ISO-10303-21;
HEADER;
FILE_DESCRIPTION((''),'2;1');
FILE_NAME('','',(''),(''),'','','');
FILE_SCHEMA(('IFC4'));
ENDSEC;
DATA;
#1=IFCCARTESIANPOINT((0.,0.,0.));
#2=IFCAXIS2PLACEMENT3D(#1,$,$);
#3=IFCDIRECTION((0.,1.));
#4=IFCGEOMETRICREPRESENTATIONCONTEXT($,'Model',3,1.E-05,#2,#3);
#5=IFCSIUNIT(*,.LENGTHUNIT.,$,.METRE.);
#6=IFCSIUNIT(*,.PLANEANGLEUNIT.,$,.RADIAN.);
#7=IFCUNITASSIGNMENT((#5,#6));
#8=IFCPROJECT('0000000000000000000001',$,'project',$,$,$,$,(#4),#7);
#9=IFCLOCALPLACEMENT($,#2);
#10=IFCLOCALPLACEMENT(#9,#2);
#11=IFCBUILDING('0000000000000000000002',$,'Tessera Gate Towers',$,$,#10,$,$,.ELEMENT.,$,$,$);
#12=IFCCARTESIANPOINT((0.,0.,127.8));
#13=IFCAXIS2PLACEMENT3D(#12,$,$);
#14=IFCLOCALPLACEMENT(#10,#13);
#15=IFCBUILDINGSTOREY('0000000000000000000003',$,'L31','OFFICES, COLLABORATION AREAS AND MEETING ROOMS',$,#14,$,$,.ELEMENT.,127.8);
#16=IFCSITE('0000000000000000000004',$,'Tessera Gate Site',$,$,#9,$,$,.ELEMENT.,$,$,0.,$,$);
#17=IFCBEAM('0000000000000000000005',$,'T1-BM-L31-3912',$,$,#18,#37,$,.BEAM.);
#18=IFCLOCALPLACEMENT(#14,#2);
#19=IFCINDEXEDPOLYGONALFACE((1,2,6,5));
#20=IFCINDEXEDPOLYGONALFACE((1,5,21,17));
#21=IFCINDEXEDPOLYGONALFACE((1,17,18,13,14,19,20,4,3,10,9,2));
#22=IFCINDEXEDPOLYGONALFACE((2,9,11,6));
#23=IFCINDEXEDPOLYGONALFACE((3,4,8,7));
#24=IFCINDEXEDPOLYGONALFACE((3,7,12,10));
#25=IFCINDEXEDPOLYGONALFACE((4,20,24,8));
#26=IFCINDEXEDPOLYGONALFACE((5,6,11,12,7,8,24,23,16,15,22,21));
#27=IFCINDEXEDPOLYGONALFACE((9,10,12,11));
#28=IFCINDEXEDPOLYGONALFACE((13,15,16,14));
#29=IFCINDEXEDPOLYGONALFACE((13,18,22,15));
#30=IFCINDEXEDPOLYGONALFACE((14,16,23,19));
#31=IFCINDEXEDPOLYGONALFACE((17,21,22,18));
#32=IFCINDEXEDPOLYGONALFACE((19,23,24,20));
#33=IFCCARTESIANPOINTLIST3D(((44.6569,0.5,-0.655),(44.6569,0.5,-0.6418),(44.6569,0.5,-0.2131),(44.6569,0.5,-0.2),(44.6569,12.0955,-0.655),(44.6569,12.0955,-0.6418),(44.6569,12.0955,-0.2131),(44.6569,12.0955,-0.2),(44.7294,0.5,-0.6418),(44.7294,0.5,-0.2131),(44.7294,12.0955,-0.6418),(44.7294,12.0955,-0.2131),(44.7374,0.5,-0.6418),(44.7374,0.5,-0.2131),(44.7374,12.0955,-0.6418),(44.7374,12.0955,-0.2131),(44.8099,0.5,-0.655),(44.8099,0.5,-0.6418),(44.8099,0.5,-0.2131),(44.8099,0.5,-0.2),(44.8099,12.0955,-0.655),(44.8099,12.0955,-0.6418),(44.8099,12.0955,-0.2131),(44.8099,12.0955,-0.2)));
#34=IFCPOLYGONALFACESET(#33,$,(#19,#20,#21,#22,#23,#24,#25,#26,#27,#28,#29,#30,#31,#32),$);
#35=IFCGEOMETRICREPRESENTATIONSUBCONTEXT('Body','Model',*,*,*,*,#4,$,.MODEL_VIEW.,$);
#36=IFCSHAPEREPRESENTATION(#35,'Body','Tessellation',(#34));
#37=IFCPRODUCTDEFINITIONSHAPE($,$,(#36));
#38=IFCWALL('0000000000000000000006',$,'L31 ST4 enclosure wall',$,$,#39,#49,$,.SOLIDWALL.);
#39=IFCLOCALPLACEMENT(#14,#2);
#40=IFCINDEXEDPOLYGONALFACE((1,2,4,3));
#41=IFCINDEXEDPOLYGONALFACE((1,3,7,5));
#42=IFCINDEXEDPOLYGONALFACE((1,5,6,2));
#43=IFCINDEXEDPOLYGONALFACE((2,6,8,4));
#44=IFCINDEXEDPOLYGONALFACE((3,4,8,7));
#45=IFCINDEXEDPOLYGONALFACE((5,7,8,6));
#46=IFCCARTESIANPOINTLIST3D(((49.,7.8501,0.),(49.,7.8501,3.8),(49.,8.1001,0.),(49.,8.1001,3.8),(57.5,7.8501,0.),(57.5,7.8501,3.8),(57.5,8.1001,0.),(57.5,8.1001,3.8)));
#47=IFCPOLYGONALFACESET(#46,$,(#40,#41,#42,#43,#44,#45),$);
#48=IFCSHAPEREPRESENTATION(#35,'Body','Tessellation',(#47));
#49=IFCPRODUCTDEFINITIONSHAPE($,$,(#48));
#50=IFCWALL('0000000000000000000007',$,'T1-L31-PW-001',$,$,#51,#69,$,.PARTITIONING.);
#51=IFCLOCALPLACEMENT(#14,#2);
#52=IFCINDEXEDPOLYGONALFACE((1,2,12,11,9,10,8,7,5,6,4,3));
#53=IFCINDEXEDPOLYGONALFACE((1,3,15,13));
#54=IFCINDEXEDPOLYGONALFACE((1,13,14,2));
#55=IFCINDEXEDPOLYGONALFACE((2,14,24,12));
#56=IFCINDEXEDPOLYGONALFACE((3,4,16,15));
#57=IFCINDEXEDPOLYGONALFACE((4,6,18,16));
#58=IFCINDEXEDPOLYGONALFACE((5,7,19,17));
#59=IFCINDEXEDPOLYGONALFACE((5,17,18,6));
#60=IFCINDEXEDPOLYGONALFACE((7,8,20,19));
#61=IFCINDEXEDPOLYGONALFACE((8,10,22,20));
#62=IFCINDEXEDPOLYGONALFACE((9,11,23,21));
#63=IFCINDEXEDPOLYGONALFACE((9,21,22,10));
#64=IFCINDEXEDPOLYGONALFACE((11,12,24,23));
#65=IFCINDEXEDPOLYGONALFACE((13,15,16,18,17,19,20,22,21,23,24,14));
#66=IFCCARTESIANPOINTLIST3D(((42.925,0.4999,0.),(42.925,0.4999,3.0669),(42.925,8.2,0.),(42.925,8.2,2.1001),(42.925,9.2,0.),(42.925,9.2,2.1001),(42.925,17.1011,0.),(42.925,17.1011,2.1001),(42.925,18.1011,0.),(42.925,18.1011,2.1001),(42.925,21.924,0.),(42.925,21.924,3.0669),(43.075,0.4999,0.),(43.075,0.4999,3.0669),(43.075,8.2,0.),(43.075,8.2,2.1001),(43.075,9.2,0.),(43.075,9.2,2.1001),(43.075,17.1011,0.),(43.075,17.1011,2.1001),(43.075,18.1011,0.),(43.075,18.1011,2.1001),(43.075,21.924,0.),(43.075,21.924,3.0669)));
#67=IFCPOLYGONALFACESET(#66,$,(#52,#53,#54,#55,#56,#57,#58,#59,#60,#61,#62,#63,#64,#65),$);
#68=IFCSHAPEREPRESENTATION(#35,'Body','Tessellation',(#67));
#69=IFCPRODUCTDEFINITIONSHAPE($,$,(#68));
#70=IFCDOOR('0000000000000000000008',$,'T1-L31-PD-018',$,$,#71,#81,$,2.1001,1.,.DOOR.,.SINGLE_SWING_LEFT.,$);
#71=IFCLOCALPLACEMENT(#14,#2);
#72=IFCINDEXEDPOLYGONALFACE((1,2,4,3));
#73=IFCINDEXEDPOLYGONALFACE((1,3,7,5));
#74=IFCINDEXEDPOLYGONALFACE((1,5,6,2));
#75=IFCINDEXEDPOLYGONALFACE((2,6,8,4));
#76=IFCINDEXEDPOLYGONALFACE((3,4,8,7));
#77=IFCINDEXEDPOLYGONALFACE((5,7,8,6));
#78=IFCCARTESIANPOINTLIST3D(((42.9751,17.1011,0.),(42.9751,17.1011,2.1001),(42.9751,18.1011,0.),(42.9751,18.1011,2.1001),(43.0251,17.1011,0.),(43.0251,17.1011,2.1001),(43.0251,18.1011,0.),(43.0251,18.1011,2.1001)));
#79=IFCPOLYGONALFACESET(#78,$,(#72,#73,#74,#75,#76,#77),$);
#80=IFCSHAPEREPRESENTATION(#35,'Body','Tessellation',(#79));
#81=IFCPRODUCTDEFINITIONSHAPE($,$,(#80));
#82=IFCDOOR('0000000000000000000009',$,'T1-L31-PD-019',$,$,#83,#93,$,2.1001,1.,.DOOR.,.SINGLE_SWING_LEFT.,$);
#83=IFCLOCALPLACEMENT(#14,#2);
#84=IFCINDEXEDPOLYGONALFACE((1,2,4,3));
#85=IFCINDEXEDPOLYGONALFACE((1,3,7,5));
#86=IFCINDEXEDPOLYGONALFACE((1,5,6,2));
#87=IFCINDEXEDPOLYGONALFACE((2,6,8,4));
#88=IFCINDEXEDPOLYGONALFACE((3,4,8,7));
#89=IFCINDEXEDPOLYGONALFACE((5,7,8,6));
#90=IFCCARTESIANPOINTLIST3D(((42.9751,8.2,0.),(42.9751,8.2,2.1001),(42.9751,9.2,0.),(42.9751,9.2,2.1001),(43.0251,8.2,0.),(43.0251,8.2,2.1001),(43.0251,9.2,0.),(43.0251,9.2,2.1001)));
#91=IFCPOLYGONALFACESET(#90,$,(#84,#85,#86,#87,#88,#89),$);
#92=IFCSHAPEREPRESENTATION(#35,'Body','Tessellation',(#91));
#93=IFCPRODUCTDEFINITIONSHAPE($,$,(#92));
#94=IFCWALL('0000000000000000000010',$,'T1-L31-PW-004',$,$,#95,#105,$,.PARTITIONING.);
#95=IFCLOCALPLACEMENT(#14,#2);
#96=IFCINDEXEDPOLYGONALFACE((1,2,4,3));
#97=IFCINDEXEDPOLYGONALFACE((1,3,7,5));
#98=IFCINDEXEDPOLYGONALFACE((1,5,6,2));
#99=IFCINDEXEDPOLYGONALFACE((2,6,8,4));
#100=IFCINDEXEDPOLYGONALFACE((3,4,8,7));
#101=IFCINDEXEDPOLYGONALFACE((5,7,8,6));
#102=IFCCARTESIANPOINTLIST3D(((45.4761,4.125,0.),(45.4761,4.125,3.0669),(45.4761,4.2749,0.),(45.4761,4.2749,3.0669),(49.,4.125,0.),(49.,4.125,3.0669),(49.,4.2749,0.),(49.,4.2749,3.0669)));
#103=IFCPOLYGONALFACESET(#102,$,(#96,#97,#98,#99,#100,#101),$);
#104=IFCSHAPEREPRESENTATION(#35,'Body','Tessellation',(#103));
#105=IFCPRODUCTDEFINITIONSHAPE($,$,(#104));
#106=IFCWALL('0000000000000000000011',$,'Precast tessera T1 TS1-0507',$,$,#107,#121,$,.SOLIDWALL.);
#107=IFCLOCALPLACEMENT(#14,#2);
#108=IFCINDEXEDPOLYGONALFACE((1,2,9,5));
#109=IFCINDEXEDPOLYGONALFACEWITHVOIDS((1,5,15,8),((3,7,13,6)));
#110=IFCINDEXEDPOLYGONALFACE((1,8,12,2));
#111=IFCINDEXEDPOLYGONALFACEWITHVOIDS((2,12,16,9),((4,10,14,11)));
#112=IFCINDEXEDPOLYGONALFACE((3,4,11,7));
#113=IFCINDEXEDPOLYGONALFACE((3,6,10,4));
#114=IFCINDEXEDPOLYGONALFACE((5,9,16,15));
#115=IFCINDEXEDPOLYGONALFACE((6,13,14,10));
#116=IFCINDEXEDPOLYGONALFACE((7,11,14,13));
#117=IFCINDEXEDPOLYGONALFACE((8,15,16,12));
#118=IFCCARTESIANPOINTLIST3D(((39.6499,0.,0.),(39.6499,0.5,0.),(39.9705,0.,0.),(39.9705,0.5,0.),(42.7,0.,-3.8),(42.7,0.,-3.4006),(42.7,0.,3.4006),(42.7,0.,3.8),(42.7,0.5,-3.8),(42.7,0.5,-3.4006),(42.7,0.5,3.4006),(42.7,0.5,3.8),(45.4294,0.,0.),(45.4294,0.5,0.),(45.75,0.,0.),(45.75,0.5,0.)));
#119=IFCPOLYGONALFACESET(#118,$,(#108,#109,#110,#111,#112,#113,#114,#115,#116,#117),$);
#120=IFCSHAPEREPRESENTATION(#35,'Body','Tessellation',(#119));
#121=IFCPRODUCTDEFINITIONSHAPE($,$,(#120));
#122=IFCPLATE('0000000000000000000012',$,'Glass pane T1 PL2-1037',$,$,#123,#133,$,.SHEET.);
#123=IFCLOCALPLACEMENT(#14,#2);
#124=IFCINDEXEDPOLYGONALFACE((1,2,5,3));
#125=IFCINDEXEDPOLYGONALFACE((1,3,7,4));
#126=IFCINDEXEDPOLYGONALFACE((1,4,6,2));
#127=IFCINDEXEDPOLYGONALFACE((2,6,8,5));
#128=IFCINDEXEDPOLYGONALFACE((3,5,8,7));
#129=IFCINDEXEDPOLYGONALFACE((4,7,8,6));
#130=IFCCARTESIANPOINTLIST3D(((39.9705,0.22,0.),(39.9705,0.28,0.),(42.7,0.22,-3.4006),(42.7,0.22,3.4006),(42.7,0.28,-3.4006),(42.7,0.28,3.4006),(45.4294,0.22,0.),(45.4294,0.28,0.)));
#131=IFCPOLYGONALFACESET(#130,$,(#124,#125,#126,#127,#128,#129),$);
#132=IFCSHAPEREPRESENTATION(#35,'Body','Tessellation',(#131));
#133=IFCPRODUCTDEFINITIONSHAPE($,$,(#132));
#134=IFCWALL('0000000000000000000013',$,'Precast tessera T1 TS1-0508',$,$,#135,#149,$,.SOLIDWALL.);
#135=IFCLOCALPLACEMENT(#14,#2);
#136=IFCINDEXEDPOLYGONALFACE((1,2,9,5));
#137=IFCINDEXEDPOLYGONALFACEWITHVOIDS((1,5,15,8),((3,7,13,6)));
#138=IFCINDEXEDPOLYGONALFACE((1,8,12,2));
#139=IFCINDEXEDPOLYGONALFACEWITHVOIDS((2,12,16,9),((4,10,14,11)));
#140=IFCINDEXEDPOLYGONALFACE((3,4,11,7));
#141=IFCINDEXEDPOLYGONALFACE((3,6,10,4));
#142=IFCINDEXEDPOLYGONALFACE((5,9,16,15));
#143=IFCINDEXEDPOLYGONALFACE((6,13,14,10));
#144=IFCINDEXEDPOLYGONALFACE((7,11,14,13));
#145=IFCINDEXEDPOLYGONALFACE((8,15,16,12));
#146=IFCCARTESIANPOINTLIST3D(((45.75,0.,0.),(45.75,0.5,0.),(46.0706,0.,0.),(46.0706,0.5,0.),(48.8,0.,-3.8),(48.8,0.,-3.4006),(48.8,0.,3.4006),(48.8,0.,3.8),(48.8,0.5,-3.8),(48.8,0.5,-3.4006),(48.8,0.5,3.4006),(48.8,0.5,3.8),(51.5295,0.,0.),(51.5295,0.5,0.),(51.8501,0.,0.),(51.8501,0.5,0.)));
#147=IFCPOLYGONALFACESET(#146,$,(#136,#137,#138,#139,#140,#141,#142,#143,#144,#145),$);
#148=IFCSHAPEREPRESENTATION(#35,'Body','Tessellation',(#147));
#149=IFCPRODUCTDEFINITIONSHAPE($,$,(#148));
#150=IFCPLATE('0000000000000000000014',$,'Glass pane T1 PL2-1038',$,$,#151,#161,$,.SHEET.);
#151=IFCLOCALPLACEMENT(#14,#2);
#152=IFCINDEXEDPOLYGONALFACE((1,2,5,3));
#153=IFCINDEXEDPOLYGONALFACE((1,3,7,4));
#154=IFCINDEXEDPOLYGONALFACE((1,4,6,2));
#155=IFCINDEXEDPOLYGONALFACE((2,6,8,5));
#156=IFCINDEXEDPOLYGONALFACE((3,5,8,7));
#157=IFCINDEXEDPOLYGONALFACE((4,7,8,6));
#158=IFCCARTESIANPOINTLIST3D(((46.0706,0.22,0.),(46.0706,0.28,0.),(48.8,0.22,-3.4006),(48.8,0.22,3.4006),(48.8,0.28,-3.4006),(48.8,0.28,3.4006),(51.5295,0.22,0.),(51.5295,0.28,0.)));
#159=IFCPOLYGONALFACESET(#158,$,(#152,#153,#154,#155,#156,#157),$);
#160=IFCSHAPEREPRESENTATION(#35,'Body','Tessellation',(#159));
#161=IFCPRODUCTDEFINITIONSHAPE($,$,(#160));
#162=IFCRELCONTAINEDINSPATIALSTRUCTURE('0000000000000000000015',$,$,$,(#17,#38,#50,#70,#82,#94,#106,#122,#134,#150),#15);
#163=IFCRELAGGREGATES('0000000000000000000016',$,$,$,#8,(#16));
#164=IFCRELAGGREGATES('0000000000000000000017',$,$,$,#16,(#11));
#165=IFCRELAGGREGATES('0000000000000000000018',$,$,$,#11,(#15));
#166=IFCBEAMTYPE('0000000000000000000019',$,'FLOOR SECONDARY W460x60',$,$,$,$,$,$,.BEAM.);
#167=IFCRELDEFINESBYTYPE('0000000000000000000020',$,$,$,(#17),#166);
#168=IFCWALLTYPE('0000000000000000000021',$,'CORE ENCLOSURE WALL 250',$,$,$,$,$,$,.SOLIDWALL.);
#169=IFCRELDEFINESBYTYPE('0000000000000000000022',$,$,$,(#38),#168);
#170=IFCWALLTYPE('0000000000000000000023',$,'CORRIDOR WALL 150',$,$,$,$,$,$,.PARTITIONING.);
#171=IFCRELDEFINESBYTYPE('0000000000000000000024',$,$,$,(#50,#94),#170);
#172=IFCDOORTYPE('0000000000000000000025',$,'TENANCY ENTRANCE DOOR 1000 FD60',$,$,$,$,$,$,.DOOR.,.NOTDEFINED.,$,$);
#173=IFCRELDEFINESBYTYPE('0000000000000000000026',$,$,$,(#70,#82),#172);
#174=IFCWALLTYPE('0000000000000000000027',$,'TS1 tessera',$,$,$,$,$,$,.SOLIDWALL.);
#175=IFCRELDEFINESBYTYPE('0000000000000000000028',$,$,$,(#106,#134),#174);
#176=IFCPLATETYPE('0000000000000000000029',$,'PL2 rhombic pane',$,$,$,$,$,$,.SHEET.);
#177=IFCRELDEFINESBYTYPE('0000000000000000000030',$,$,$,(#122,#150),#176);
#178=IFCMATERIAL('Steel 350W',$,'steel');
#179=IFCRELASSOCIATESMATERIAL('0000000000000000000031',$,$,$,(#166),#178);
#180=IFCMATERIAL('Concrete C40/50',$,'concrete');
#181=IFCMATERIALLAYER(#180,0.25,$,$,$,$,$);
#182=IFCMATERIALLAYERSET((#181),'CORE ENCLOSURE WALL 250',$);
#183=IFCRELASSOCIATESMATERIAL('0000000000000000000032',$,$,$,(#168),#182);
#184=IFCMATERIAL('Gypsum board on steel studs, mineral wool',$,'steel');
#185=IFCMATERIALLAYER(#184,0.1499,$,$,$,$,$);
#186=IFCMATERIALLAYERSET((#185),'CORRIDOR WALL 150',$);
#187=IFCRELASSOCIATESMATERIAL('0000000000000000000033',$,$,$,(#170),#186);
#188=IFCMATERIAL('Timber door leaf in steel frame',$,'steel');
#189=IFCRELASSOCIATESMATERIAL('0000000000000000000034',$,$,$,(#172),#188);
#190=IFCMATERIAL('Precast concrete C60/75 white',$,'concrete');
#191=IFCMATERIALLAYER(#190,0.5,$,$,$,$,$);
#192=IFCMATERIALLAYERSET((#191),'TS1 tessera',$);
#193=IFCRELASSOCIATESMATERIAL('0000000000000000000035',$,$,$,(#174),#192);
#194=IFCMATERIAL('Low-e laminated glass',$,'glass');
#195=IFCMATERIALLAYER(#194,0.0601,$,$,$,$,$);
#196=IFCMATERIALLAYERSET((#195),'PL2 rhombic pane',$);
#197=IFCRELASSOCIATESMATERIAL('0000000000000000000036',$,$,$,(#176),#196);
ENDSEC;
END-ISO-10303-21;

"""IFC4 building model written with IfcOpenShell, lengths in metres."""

from ifc_helpers import new_model, si_unit, direction, frame, frame_2d, origin, origin_2d, place, context, subcontext, project, spatial, polyline, rectangle, i_section, outline, extrude, source, transform, mapped, material, layer, layer_set, material_profile, profile_set, type_object, element, fill, save


model = new_model("IFC4")

# Units and contexts
model_context = context("Model", 3, precision=1e-05, world=origin(), true_north=direction((0.0, 1.0)))
body_context = subcontext(model_context, "Body", "Model", "MODEL_VIEW")
ifc_project = project(units=[si_unit("LENGTHUNIT", "METRE"), si_unit("PLANEANGLEUNIT", "RADIAN")], contexts=[model_context])

# Site, building, storey
site_placement = place(None, origin())
site = spatial("IfcSite", under=ifc_project, at=site_placement, Name="Tessera Gate Site", CompositionType="ELEMENT", RefElevation=0.0)
building_placement = place(site_placement, origin())
building = spatial("IfcBuilding", under=site, at=building_placement, Name="Tessera Gate Towers", CompositionType="ELEMENT")
storey_placement = place(building_placement, frame((0.0, 0.0, 127.8)))
storey = spatial("IfcBuildingStorey", under=building, at=storey_placement, Name="L31", Description="OFFICES, COLLABORATION AREAS AND MEETING ROOMS", CompositionType="ELEMENT", Elevation=127.8)

# Beam
ifc_material_1 = material(Name="Steel 350W", Category="steel")
ifc_material_profile_1 = material_profile(ifc_material_1, i_section(OverallWidth=0.1531, OverallDepth=0.4551, WebThickness=0.0081, FlangeThickness=0.0132, at=origin_2d()), Name="W460x60")
ifc_profile_set_1 = profile_set([ifc_material_profile_1], Name="Steel 350W")
beam_type_1 = type_object("IfcBeamType", Name="FLOOR SECONDARY W460x60", PredefinedType="BEAM", material=ifc_profile_set_1)
beam_1_placement = place(storey_placement, frame((44.7334, 0.5, -0.4275), z_axis=(0.0, 1.0, 0.0), x_axis=(-1.0, 0.0, 0.0)))
element("IfcBeam", 1, at=beam_1_placement, inside=storey, type_object=beam_type_1, Name="T1-BM-L31-3912", PredefinedType="BEAM", context=body_context, shape_type="SweptSolid", body=[
    extrude(i_section(OverallWidth=0.1531, OverallDepth=0.4551, WebThickness=0.0081, FlangeThickness=0.0132, at=origin_2d()), origin(), (0.0, 0.0, 1.0), 11.5955),
])

# Wall
ifc_material_2 = material(Name="Concrete C40/50", Category="concrete")
ifc_layer_1 = layer(ifc_material_2, 0.25)
ifc_layer_set_1 = layer_set([ifc_layer_1], Name="CORE ENCLOSURE WALL 250")
wall_type_1 = type_object("IfcWallType", Name="CORE ENCLOSURE WALL 250", PredefinedType="SOLIDWALL", material=ifc_layer_set_1)
wall_1_placement = place(storey_placement, frame((49.0, 7.9751, 0.0), z_axis=(0.0, 0.0, 1.0), x_axis=(1.0, 0.0, 0.0)))
element("IfcWall", 2, at=wall_1_placement, inside=storey, type_object=wall_type_1, Name="L31 ST4 enclosure wall", PredefinedType="SOLIDWALL", context=body_context, shape_type="SweptSolid", body=[
    extrude(rectangle(XDim=8.5, YDim=0.25, at=frame_2d((4.25, 0.0))), origin(), (0.0, 0.0, 1.0), 3.8),
])

# Wall, openings, doors
ifc_material_3 = material(Name="Gypsum board on steel studs, mineral wool", Category="steel")
ifc_layer_2 = layer(ifc_material_3, 0.1499)
ifc_layer_set_2 = layer_set([ifc_layer_2], Name="CORRIDOR WALL 150")
wall_type_2 = type_object("IfcWallType", Name="CORRIDOR WALL 150", PredefinedType="PARTITIONING", material=ifc_layer_set_2)
wall_2_placement = place(storey_placement, frame((43.0, 0.5, 0.0), z_axis=(0.0, 0.0, 1.0), x_axis=(0.0, 1.0, 0.0)))
wall_2 = element("IfcWall", 3, at=wall_2_placement, inside=storey, type_object=wall_type_2, Name="T1-L31-PW-001", PredefinedType="PARTITIONING", context=body_context, shape_type="SweptSolid", body=[
    extrude(rectangle(XDim=21.4241, YDim=0.1499, at=frame_2d((10.7119, 0.0))), origin(), (0.0, 0.0, 1.0), 3.0669),
])
shared_shape_1 = source(origin(), body_context, "Body", "SweptSolid", [
    extrude(rectangle(XDim=1.0, YDim=2.1001, at=frame_2d((0.5, 1.05))), frame((0.0, 0.085, 0.0), z_axis=(0.0, -1.0, 0.0), x_axis=(1.0, 0.0, 0.0)), (0.0, 0.0, 1.0), 0.1699),
])
opening_1_placement = place(wall_2_placement, frame((16.6011, 0.0, 0.0)))
opening_1 = element("IfcOpeningElement", 4, at=opening_1_placement, cuts=wall_2, PredefinedType="OPENING", context=body_context, shape_type="MappedRepresentation", body=[
    mapped(shared_shape_1, transform((0.0, 0.0, 0.0), scale=1.0)),
])
opening_2_placement = place(wall_2_placement, frame((7.7, 0.0, 0.0)))
opening_2 = element("IfcOpeningElement", 5, at=opening_2_placement, cuts=wall_2, PredefinedType="OPENING", context=body_context, shape_type="MappedRepresentation", body=[
    mapped(shared_shape_1, transform((0.0, 0.0, 0.0), scale=1.0)),
])
ifc_material_4 = material(Name="Timber door leaf in steel frame", Category="steel")
door_type = type_object("IfcDoorType", Name="TENANCY ENTRANCE DOOR 1000 FD60", OperationType="NOTDEFINED", PredefinedType="DOOR", material=ifc_material_4)
shared_shape_2 = source(origin(), body_context, "Body", "SweptSolid", [
    extrude(rectangle(XDim=1.0, YDim=2.1001, at=frame_2d((0.5, 1.05))), frame((0.0, 0.0249, 0.0), z_axis=(0.0, -1.0, 0.0), x_axis=(1.0, 0.0, 0.0)), (0.0, 0.0, 1.0), 0.05),
])
door_1_placement = place(opening_1_placement, origin())
door_1 = element("IfcDoor", 6, at=door_1_placement, inside=storey, type_object=door_type, Name="T1-L31-PD-018", OperationType="SINGLE_SWING_LEFT", OverallHeight=2.1001, OverallWidth=1.0, PredefinedType="DOOR", context=body_context, shape_type="MappedRepresentation", body=[
    mapped(shared_shape_2, transform((0.0, 0.0, 0.0), scale=1.0)),
])
fill(opening_1, door_1)
door_2_placement = place(opening_2_placement, origin())
door_2 = element("IfcDoor", 7, at=door_2_placement, inside=storey, type_object=door_type, Name="T1-L31-PD-019", OperationType="SINGLE_SWING_LEFT", OverallHeight=2.1001, OverallWidth=1.0, PredefinedType="DOOR", context=body_context, shape_type="MappedRepresentation", body=[
    mapped(shared_shape_2, transform((0.0, 0.0, 0.0), scale=1.0)),
])
fill(opening_2, door_2)

# Wall
wall_3_placement = place(storey_placement, frame((45.4761, 4.2, 0.0), z_axis=(0.0, 0.0, 1.0), x_axis=(1.0, 0.0, 0.0)))
element("IfcWall", 8, at=wall_3_placement, inside=storey, type_object=wall_type_2, Name="T1-L31-PW-004", PredefinedType="PARTITIONING", context=body_context, shape_type="SweptSolid", body=[
    extrude(rectangle(XDim=3.5239, YDim=0.1499, at=frame_2d((1.762, 0.0))), origin(), (0.0, 0.0, 1.0), 3.0669),
])

# Walls, openings, plates
ifc_material_5 = material(Name="Precast concrete C60/75 white", Category="concrete")
ifc_layer_3 = layer(ifc_material_5, 0.5)
ifc_layer_set_3 = layer_set([ifc_layer_3], Name="TS1 tessera")
wall_type_3 = type_object("IfcWallType", Name="TS1 tessera", PredefinedType="SOLIDWALL", material=ifc_layer_set_3)
shared_shape_3 = source(origin(), body_context, "Body", "SweptSolid", [
    extrude(outline(polyline([(3.05, 0.0), (6.1001, 3.8), (3.05, 7.6001), (0.0, 3.8), (3.05, 0.0)])), frame((0.0, 0.25, 0.0), z_axis=(0.0, -1.0, 0.0), x_axis=(1.0, 0.0, 0.0)), (0.0, 0.0, 1.0), 0.5),
])
wall_4_placement = place(storey_placement, frame((39.6499, 0.25, -3.8), z_axis=(0.0, 0.0, 1.0), x_axis=(1.0, 0.0, 0.0)))
wall_4 = element("IfcWall", 9, at=wall_4_placement, inside=storey, type_object=wall_type_3, Name="Precast tessera T1 TS1-0507", PredefinedType="SOLIDWALL", context=body_context, shape_type="MappedRepresentation", body=[
    mapped(shared_shape_3, transform((0.0, 0.0, 0.0), scale=1.0)),
])
shared_shape_4 = source(origin(), body_context, "Body", "SweptSolid", [
    extrude(outline(polyline([(3.05, 0.3994), (5.7795, 3.8), (3.05, 7.2007), (0.3206, 3.8), (3.05, 0.3994)])), frame((0.0, 0.26, 0.0), z_axis=(0.0, -1.0, 0.0), x_axis=(1.0, 0.0, 0.0)), (0.0, 0.0, 1.0), 0.52),
])
opening_3_placement = place(wall_4_placement, origin())
opening_3 = element("IfcOpeningElement", 10, at=opening_3_placement, cuts=wall_4, PredefinedType="OPENING", context=body_context, shape_type="MappedRepresentation", body=[
    mapped(shared_shape_4, transform((0.0, 0.0, 0.0), scale=1.0)),
])
ifc_material_6 = material(Name="Low-e laminated glass", Category="glass")
ifc_layer_4 = layer(ifc_material_6, 0.0601)
ifc_layer_set_4 = layer_set([ifc_layer_4], Name="PL2 rhombic pane")
plate_type = type_object("IfcPlateType", Name="PL2 rhombic pane", PredefinedType="SHEET", material=ifc_layer_set_4)
shared_shape_5 = source(origin(), body_context, "Body", "SweptSolid", [
    extrude(outline(polyline([(3.05, 0.3994), (5.7795, 3.8), (3.05, 7.2007), (0.3206, 3.8), (3.05, 0.3994)])), frame((0.0, 0.03, 0.0), z_axis=(0.0, -1.0, 0.0), x_axis=(1.0, 0.0, 0.0)), (0.0, 0.0, 1.0), 0.0601),
])
plate_1_placement = place(opening_3_placement, origin())
plate_1 = element("IfcPlate", 11, at=plate_1_placement, inside=storey, type_object=plate_type, Name="Glass pane T1 PL2-1037", PredefinedType="SHEET", context=body_context, shape_type="MappedRepresentation", body=[
    mapped(shared_shape_5, transform((0.0, 0.0, 0.0), scale=1.0)),
])
fill(opening_3, plate_1)
wall_5_placement = place(storey_placement, frame((45.75, 0.25, -3.8), z_axis=(0.0, 0.0, 1.0), x_axis=(1.0, 0.0, 0.0)))
wall_5 = element("IfcWall", 12, at=wall_5_placement, inside=storey, type_object=wall_type_3, Name="Precast tessera T1 TS1-0508", PredefinedType="SOLIDWALL", context=body_context, shape_type="MappedRepresentation", body=[
    mapped(shared_shape_3, transform((0.0, 0.0, 0.0), scale=1.0)),
])
opening_4_placement = place(wall_5_placement, origin())
opening_4 = element("IfcOpeningElement", 13, at=opening_4_placement, cuts=wall_5, PredefinedType="OPENING", context=body_context, shape_type="MappedRepresentation", body=[
    mapped(shared_shape_4, transform((0.0, 0.0, 0.0), scale=1.0)),
])
plate_2_placement = place(opening_4_placement, origin())
plate_2 = element("IfcPlate", 14, at=plate_2_placement, inside=storey, type_object=plate_type, Name="Glass pane T1 PL2-1038", PredefinedType="SHEET", context=body_context, shape_type="MappedRepresentation", body=[
    mapped(shared_shape_5, transform((0.0, 0.0, 0.0), scale=1.0)),
])
fill(opening_4, plate_2)

save(model, "model.ifc")
